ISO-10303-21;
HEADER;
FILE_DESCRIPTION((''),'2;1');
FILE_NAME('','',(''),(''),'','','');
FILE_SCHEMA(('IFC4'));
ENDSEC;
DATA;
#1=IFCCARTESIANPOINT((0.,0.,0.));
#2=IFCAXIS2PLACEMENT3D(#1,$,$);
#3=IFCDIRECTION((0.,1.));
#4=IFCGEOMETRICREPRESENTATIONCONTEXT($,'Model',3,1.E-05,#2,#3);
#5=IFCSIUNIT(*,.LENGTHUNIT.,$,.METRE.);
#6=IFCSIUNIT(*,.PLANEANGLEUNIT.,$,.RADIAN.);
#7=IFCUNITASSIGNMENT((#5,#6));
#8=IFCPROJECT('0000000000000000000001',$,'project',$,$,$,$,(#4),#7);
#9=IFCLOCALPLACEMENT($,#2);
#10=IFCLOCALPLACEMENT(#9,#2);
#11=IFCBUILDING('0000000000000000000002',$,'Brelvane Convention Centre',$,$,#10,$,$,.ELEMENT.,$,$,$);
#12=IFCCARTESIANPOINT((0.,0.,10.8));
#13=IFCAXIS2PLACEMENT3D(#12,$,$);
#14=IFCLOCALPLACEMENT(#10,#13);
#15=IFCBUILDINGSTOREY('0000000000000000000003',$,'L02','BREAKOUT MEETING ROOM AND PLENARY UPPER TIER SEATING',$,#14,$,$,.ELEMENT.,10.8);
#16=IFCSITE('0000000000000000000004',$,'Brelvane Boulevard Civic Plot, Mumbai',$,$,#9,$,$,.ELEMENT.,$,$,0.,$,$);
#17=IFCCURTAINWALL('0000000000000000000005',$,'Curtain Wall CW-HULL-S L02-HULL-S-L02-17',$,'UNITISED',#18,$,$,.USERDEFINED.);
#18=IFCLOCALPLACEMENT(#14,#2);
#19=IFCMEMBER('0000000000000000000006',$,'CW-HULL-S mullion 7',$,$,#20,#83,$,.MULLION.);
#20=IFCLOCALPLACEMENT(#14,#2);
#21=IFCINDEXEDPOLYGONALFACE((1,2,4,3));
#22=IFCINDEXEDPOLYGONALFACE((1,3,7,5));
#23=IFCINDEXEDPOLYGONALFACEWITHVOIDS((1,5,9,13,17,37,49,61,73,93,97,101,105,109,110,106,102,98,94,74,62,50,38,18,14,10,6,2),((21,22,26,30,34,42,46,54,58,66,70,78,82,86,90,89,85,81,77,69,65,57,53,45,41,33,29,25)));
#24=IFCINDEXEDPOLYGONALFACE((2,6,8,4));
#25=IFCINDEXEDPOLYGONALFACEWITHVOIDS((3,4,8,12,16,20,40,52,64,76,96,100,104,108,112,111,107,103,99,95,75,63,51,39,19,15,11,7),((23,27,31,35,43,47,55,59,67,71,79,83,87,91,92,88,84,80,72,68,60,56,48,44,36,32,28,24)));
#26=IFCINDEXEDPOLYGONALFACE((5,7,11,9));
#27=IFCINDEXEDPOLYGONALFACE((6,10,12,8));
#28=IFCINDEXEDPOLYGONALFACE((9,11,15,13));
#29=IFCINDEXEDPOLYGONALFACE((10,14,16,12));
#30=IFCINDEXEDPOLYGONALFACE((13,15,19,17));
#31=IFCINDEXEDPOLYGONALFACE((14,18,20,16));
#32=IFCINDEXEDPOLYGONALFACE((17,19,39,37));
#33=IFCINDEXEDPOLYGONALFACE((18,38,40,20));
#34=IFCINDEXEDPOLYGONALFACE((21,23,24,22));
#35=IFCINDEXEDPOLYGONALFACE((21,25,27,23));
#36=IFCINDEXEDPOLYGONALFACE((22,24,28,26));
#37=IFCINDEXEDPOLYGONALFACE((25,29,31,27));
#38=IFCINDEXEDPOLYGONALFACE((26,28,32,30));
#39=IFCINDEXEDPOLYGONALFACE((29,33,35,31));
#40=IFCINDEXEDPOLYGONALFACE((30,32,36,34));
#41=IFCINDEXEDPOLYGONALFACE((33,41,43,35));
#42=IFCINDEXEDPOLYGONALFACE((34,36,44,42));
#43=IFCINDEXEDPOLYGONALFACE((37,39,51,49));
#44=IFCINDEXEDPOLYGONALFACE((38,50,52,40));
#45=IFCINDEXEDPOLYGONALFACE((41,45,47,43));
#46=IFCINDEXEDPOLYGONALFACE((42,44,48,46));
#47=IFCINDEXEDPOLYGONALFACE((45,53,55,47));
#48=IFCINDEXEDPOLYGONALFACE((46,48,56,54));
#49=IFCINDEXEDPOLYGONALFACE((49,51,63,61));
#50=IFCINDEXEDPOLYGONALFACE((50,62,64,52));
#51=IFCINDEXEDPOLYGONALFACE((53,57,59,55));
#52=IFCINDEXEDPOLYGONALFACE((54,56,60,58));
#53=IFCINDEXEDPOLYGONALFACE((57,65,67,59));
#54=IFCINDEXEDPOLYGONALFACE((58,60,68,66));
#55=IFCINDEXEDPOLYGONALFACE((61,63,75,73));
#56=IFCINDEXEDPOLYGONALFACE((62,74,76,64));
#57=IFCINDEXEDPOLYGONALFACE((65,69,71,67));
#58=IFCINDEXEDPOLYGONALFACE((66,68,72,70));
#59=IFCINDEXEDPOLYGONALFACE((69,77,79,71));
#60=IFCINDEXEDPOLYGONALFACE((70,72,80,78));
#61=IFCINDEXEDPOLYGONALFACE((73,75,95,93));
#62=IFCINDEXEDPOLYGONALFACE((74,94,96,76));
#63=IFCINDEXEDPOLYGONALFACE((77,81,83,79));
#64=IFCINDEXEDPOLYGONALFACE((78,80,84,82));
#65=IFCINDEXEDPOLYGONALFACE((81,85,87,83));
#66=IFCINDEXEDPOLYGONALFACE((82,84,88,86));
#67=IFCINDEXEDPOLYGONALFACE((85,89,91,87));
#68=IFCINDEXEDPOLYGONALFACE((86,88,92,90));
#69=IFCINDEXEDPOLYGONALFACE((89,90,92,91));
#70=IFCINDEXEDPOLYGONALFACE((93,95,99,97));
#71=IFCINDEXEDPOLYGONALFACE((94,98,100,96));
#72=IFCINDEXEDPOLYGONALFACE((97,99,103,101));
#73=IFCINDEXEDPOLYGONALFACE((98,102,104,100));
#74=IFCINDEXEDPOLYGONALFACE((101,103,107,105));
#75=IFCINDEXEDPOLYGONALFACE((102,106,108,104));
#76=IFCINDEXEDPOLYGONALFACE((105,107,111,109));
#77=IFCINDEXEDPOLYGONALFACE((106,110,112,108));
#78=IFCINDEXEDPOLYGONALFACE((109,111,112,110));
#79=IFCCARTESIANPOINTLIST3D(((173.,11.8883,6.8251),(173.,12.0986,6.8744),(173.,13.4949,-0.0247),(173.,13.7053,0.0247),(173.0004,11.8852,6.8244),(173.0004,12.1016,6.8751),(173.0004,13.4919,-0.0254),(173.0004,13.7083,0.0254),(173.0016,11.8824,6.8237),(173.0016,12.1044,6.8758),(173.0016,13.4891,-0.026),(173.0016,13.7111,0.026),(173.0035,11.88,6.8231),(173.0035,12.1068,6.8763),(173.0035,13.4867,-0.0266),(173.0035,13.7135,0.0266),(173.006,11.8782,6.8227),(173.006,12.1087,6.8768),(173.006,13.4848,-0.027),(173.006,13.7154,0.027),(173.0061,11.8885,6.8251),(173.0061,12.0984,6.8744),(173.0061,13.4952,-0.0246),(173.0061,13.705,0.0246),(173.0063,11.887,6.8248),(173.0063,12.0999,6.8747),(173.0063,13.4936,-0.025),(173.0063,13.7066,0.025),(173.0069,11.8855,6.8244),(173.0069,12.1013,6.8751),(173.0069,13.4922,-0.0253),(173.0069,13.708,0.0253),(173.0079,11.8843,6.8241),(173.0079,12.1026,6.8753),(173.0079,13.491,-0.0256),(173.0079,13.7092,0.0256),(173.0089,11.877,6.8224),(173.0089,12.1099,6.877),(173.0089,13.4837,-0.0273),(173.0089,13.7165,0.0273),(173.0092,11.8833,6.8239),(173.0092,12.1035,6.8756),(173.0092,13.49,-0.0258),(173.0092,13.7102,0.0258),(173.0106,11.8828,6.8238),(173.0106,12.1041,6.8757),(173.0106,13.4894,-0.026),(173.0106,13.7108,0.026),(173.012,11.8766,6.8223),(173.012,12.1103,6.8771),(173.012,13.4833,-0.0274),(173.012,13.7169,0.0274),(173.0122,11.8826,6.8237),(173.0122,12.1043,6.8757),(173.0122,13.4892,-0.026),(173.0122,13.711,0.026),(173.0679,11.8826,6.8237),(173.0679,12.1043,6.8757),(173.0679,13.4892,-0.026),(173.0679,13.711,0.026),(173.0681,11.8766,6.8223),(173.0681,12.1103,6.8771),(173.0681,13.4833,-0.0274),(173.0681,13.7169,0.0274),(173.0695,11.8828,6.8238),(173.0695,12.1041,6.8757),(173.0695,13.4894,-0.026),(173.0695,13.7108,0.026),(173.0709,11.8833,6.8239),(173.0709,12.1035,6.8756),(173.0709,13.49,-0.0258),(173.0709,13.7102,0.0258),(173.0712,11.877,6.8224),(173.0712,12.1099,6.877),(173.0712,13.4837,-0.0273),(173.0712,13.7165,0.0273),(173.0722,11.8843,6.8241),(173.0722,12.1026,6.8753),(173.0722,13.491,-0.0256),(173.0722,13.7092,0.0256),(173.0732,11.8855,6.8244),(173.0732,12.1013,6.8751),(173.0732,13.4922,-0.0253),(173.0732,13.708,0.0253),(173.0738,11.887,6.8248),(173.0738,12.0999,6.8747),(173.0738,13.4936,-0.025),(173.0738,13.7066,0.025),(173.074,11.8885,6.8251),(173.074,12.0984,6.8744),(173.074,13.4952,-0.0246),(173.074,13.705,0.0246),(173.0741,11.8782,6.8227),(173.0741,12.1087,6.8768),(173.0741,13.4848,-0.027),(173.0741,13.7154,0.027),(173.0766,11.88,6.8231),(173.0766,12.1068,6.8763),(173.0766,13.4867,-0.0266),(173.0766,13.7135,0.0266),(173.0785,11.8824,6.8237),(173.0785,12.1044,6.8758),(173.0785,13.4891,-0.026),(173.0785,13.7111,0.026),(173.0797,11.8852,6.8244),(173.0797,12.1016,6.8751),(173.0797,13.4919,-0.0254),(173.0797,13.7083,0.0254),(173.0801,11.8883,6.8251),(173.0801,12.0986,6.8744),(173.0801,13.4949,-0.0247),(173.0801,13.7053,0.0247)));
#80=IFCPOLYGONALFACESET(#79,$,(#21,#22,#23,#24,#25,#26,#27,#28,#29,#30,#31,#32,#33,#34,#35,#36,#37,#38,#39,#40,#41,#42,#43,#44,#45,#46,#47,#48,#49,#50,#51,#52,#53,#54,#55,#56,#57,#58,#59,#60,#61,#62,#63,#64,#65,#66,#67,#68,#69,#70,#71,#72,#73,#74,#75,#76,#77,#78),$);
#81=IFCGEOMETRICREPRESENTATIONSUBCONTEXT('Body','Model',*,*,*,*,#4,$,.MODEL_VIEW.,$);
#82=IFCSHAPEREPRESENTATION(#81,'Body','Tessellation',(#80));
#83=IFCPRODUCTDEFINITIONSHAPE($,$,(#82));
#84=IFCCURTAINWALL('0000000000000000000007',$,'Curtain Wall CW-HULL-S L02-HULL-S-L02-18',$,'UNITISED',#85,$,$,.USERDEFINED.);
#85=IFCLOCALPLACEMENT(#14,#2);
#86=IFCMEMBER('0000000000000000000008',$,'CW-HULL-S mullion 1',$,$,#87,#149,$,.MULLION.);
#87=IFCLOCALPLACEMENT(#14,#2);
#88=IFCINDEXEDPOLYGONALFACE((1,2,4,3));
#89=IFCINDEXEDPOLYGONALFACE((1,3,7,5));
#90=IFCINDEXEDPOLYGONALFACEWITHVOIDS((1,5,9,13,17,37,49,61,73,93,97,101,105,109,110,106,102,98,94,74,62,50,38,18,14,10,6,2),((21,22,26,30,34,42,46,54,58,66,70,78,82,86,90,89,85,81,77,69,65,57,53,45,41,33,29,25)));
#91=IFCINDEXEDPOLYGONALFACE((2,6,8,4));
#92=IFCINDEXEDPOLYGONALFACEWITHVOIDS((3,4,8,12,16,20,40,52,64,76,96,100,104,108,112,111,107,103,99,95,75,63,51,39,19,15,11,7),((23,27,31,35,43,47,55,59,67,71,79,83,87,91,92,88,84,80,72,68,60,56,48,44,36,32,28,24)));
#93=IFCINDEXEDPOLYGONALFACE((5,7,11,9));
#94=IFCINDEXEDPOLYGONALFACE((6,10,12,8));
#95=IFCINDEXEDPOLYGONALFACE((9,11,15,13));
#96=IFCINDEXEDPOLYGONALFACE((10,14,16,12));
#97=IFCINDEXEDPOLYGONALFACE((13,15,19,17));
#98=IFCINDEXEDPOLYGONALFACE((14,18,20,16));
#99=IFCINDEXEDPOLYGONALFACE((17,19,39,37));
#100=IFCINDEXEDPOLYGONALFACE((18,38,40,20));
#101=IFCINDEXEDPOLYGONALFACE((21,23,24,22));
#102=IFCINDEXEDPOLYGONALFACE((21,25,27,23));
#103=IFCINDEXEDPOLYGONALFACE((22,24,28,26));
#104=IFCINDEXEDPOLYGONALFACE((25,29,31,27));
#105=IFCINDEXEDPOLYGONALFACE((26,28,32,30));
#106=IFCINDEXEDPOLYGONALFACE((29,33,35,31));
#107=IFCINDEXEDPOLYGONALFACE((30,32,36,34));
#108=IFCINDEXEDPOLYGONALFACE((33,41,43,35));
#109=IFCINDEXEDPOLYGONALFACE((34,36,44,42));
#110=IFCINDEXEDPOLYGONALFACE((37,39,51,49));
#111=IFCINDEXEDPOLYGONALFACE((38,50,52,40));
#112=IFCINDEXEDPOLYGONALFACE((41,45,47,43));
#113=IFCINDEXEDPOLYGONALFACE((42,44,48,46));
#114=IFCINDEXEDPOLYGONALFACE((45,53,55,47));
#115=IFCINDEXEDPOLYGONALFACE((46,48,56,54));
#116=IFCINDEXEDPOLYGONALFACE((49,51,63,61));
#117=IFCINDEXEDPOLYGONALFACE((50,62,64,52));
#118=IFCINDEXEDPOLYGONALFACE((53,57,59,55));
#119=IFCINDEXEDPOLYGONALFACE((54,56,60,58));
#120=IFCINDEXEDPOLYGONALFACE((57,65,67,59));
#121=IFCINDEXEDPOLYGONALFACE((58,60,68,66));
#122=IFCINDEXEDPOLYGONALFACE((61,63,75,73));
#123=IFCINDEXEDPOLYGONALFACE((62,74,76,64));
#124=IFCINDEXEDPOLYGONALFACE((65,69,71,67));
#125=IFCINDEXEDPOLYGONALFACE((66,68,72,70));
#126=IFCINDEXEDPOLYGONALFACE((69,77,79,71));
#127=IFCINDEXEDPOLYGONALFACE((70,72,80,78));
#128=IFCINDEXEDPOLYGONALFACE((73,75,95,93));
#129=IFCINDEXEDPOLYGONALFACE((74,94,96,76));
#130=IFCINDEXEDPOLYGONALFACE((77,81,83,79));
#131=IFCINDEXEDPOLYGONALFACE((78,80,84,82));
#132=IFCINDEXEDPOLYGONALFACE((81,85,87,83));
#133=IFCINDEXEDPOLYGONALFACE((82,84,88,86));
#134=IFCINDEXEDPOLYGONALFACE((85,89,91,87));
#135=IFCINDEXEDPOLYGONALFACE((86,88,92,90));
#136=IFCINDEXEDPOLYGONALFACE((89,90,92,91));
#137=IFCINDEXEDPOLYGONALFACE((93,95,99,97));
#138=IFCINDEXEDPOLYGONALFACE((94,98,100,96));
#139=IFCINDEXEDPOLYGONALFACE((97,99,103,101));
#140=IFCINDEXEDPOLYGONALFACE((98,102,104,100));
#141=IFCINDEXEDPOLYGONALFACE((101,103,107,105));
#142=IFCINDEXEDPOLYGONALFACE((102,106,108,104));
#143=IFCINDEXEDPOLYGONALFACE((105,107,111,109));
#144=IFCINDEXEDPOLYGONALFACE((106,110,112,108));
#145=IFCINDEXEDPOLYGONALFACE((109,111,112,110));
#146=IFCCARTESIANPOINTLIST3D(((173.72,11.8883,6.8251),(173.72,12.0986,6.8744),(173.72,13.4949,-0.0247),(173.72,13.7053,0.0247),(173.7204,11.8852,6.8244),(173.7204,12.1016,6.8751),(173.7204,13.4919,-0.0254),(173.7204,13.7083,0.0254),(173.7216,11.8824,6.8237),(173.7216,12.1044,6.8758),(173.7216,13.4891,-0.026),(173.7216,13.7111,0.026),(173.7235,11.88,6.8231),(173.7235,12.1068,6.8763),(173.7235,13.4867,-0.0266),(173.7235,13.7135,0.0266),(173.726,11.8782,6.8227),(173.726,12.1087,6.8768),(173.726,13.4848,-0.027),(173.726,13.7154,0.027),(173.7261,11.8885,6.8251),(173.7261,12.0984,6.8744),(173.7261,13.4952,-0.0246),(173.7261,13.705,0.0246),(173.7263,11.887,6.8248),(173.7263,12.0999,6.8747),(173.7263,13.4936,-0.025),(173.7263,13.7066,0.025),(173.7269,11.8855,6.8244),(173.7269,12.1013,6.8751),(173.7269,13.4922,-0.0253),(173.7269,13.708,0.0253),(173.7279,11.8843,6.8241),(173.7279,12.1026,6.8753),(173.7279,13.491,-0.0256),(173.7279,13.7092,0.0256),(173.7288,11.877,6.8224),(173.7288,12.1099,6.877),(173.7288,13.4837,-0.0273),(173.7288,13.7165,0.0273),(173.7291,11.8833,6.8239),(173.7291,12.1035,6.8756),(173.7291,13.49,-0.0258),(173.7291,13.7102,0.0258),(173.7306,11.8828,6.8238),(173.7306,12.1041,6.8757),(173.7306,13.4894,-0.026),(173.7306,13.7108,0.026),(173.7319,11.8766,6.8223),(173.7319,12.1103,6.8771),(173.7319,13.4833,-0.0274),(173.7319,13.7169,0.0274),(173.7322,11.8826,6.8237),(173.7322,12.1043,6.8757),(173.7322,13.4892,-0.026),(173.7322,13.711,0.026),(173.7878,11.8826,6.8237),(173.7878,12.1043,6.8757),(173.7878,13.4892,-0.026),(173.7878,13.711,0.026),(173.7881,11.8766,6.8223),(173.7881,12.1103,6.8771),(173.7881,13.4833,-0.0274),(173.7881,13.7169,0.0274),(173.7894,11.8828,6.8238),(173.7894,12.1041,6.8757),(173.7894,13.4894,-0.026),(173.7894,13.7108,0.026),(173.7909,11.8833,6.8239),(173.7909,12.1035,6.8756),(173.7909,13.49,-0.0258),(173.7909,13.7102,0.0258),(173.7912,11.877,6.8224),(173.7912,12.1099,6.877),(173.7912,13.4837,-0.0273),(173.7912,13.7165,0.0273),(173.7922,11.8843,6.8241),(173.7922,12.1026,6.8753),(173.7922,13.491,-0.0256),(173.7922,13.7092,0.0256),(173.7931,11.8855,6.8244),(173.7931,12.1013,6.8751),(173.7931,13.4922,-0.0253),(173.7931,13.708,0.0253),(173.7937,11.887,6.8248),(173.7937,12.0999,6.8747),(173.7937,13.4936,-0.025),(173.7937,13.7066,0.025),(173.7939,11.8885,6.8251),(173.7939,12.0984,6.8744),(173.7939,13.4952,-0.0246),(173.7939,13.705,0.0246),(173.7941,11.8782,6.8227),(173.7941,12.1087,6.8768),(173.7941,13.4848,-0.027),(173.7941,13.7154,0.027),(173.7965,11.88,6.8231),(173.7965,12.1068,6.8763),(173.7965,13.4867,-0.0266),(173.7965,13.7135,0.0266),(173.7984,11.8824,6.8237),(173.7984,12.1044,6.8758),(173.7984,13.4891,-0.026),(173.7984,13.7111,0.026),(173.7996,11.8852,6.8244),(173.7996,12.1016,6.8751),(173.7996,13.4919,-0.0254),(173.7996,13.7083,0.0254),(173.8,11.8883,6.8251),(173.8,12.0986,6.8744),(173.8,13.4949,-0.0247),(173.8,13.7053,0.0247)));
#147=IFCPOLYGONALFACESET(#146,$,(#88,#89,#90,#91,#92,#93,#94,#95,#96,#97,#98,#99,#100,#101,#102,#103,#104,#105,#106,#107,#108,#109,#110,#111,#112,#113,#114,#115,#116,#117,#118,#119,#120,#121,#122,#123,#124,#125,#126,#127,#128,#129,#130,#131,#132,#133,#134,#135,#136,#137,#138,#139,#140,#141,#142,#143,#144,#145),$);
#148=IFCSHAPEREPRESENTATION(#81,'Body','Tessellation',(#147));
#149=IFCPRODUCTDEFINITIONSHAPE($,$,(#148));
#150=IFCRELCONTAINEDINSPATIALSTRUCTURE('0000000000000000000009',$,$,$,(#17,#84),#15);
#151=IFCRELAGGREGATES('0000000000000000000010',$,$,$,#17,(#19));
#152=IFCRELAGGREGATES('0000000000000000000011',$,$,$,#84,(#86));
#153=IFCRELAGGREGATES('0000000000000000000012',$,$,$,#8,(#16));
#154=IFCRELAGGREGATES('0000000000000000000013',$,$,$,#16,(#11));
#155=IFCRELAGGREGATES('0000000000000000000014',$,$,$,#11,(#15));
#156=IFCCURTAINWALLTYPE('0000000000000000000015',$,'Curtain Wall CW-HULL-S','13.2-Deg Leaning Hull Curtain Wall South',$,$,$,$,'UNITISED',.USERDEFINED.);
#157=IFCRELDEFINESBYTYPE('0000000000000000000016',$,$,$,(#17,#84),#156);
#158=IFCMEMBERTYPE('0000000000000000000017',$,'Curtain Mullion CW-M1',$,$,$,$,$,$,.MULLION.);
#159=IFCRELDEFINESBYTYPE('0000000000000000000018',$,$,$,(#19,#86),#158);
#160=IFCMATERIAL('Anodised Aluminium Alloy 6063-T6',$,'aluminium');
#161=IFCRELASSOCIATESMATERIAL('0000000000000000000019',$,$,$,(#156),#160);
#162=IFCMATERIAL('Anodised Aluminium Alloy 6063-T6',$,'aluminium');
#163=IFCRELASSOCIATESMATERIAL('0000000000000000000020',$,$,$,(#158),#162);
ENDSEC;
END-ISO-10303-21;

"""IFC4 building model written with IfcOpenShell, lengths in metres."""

from ifc_helpers import new_model, si_unit, direction, frame, origin, origin_2d, place, context, subcontext, project, spatial, hollow_rectangle, extrude, material, material_profile, profile_set, type_object, element, aggregate, save


model = new_model("IFC4")

# Units and contexts
model_context = context("Model", 3, precision=1e-05, world=origin(), true_north=direction((0.0, 1.0)))
body_context = subcontext(model_context, "Body", "Model", "MODEL_VIEW")
ifc_project = project(units=[si_unit("LENGTHUNIT", "METRE"), si_unit("PLANEANGLEUNIT", "RADIAN")], contexts=[model_context])

# Site, building, storey
site_placement = place(None, origin())
site = spatial("IfcSite", under=ifc_project, at=site_placement, Name="Brelvane Boulevard Civic Plot, Mumbai", CompositionType="ELEMENT", RefElevation=0.0)
building_placement = place(site_placement, origin())
building = spatial("IfcBuilding", under=site, at=building_placement, Name="Brelvane Convention Centre", CompositionType="ELEMENT")
storey_placement = place(building_placement, frame((0.0, 0.0, 10.8)))
storey = spatial("IfcBuildingStorey", under=building, at=storey_placement, Name="L02", Description="BREAKOUT MEETING ROOM AND PLENARY UPPER TIER SEATING", CompositionType="ELEMENT", Elevation=10.8)

# Curtain walls, members
ifc_material_1 = material(Name="Anodised Aluminium Alloy 6063-T6", Category="aluminium")
curtain_wall_type = type_object("IfcCurtainWallType", Name="Curtain Wall CW-HULL-S", Description="13.2-Deg Leaning Hull Curtain Wall South", ElementType="UNITISED", PredefinedType="USERDEFINED", material=ifc_material_1)
curtain_wall_1_placement = place(storey_placement, origin())
curtain_wall_1 = element("IfcCurtainWall", 1, at=curtain_wall_1_placement, inside=storey, type_object=curtain_wall_type, Name="Curtain Wall CW-HULL-S L02-HULL-S-L02-17", ObjectType="UNITISED", PredefinedType="USERDEFINED")
ifc_material_2 = material(Name="Anodised Aluminium Alloy 6063-T6", Category="aluminium")
ifc_material_profile_1 = material_profile(ifc_material_2, hollow_rectangle(XDim=0.0801, YDim=0.24, WallThickness=0.0061, InnerFilletRadius=0.0061, OuterFilletRadius=0.012, at=origin_2d()), Name="ALU-M 240x80x6.0")
ifc_profile_set_1 = profile_set([ifc_material_profile_1], Name="Anodised Aluminium Alloy 6063-T6")
member_type_1 = type_object("IfcMemberType", Name="Curtain Mullion CW-M1", PredefinedType="MULLION", material=ifc_profile_set_1)
member_1_placement = place(storey_placement, frame((173.04, 13.6001, 0.0), z_axis=(0.0, -0.22836, 0.973577), x_axis=(1.0, 0.0, 0.0)))
member_1 = element("IfcMember", 2, at=member_1_placement, type_object=member_type_1, Name="CW-HULL-S mullion 7", PredefinedType="MULLION", context=body_context, shape_type="SweptSolid", body=[
    extrude(hollow_rectangle(XDim=0.0801, YDim=0.24, WallThickness=0.0061, InnerFilletRadius=0.0061, OuterFilletRadius=0.012, at=origin_2d()), origin(), (0.0, 0.0, 1.0), 7.0356),
])
curtain_wall_2_placement = place(storey_placement, origin())
curtain_wall_2 = element("IfcCurtainWall", 3, at=curtain_wall_2_placement, inside=storey, type_object=curtain_wall_type, Name="Curtain Wall CW-HULL-S L02-HULL-S-L02-18", ObjectType="UNITISED", PredefinedType="USERDEFINED")
member_2_placement = place(storey_placement, frame((173.76, 13.6001, 0.0), z_axis=(0.0, -0.22836, 0.973577), x_axis=(1.0, 0.0, 0.0)))
member_2 = element("IfcMember", 4, at=member_2_placement, type_object=member_type_1, Name="CW-HULL-S mullion 1", PredefinedType="MULLION", context=body_context, shape_type="SweptSolid", body=[
    extrude(hollow_rectangle(XDim=0.0801, YDim=0.24, WallThickness=0.0061, InnerFilletRadius=0.0061, OuterFilletRadius=0.012, at=origin_2d()), origin(), (0.0, 0.0, 1.0), 7.0356),
])

aggregate(curtain_wall_1, [member_1])

aggregate(curtain_wall_2, [member_2])

save(model, "model.ifc")
